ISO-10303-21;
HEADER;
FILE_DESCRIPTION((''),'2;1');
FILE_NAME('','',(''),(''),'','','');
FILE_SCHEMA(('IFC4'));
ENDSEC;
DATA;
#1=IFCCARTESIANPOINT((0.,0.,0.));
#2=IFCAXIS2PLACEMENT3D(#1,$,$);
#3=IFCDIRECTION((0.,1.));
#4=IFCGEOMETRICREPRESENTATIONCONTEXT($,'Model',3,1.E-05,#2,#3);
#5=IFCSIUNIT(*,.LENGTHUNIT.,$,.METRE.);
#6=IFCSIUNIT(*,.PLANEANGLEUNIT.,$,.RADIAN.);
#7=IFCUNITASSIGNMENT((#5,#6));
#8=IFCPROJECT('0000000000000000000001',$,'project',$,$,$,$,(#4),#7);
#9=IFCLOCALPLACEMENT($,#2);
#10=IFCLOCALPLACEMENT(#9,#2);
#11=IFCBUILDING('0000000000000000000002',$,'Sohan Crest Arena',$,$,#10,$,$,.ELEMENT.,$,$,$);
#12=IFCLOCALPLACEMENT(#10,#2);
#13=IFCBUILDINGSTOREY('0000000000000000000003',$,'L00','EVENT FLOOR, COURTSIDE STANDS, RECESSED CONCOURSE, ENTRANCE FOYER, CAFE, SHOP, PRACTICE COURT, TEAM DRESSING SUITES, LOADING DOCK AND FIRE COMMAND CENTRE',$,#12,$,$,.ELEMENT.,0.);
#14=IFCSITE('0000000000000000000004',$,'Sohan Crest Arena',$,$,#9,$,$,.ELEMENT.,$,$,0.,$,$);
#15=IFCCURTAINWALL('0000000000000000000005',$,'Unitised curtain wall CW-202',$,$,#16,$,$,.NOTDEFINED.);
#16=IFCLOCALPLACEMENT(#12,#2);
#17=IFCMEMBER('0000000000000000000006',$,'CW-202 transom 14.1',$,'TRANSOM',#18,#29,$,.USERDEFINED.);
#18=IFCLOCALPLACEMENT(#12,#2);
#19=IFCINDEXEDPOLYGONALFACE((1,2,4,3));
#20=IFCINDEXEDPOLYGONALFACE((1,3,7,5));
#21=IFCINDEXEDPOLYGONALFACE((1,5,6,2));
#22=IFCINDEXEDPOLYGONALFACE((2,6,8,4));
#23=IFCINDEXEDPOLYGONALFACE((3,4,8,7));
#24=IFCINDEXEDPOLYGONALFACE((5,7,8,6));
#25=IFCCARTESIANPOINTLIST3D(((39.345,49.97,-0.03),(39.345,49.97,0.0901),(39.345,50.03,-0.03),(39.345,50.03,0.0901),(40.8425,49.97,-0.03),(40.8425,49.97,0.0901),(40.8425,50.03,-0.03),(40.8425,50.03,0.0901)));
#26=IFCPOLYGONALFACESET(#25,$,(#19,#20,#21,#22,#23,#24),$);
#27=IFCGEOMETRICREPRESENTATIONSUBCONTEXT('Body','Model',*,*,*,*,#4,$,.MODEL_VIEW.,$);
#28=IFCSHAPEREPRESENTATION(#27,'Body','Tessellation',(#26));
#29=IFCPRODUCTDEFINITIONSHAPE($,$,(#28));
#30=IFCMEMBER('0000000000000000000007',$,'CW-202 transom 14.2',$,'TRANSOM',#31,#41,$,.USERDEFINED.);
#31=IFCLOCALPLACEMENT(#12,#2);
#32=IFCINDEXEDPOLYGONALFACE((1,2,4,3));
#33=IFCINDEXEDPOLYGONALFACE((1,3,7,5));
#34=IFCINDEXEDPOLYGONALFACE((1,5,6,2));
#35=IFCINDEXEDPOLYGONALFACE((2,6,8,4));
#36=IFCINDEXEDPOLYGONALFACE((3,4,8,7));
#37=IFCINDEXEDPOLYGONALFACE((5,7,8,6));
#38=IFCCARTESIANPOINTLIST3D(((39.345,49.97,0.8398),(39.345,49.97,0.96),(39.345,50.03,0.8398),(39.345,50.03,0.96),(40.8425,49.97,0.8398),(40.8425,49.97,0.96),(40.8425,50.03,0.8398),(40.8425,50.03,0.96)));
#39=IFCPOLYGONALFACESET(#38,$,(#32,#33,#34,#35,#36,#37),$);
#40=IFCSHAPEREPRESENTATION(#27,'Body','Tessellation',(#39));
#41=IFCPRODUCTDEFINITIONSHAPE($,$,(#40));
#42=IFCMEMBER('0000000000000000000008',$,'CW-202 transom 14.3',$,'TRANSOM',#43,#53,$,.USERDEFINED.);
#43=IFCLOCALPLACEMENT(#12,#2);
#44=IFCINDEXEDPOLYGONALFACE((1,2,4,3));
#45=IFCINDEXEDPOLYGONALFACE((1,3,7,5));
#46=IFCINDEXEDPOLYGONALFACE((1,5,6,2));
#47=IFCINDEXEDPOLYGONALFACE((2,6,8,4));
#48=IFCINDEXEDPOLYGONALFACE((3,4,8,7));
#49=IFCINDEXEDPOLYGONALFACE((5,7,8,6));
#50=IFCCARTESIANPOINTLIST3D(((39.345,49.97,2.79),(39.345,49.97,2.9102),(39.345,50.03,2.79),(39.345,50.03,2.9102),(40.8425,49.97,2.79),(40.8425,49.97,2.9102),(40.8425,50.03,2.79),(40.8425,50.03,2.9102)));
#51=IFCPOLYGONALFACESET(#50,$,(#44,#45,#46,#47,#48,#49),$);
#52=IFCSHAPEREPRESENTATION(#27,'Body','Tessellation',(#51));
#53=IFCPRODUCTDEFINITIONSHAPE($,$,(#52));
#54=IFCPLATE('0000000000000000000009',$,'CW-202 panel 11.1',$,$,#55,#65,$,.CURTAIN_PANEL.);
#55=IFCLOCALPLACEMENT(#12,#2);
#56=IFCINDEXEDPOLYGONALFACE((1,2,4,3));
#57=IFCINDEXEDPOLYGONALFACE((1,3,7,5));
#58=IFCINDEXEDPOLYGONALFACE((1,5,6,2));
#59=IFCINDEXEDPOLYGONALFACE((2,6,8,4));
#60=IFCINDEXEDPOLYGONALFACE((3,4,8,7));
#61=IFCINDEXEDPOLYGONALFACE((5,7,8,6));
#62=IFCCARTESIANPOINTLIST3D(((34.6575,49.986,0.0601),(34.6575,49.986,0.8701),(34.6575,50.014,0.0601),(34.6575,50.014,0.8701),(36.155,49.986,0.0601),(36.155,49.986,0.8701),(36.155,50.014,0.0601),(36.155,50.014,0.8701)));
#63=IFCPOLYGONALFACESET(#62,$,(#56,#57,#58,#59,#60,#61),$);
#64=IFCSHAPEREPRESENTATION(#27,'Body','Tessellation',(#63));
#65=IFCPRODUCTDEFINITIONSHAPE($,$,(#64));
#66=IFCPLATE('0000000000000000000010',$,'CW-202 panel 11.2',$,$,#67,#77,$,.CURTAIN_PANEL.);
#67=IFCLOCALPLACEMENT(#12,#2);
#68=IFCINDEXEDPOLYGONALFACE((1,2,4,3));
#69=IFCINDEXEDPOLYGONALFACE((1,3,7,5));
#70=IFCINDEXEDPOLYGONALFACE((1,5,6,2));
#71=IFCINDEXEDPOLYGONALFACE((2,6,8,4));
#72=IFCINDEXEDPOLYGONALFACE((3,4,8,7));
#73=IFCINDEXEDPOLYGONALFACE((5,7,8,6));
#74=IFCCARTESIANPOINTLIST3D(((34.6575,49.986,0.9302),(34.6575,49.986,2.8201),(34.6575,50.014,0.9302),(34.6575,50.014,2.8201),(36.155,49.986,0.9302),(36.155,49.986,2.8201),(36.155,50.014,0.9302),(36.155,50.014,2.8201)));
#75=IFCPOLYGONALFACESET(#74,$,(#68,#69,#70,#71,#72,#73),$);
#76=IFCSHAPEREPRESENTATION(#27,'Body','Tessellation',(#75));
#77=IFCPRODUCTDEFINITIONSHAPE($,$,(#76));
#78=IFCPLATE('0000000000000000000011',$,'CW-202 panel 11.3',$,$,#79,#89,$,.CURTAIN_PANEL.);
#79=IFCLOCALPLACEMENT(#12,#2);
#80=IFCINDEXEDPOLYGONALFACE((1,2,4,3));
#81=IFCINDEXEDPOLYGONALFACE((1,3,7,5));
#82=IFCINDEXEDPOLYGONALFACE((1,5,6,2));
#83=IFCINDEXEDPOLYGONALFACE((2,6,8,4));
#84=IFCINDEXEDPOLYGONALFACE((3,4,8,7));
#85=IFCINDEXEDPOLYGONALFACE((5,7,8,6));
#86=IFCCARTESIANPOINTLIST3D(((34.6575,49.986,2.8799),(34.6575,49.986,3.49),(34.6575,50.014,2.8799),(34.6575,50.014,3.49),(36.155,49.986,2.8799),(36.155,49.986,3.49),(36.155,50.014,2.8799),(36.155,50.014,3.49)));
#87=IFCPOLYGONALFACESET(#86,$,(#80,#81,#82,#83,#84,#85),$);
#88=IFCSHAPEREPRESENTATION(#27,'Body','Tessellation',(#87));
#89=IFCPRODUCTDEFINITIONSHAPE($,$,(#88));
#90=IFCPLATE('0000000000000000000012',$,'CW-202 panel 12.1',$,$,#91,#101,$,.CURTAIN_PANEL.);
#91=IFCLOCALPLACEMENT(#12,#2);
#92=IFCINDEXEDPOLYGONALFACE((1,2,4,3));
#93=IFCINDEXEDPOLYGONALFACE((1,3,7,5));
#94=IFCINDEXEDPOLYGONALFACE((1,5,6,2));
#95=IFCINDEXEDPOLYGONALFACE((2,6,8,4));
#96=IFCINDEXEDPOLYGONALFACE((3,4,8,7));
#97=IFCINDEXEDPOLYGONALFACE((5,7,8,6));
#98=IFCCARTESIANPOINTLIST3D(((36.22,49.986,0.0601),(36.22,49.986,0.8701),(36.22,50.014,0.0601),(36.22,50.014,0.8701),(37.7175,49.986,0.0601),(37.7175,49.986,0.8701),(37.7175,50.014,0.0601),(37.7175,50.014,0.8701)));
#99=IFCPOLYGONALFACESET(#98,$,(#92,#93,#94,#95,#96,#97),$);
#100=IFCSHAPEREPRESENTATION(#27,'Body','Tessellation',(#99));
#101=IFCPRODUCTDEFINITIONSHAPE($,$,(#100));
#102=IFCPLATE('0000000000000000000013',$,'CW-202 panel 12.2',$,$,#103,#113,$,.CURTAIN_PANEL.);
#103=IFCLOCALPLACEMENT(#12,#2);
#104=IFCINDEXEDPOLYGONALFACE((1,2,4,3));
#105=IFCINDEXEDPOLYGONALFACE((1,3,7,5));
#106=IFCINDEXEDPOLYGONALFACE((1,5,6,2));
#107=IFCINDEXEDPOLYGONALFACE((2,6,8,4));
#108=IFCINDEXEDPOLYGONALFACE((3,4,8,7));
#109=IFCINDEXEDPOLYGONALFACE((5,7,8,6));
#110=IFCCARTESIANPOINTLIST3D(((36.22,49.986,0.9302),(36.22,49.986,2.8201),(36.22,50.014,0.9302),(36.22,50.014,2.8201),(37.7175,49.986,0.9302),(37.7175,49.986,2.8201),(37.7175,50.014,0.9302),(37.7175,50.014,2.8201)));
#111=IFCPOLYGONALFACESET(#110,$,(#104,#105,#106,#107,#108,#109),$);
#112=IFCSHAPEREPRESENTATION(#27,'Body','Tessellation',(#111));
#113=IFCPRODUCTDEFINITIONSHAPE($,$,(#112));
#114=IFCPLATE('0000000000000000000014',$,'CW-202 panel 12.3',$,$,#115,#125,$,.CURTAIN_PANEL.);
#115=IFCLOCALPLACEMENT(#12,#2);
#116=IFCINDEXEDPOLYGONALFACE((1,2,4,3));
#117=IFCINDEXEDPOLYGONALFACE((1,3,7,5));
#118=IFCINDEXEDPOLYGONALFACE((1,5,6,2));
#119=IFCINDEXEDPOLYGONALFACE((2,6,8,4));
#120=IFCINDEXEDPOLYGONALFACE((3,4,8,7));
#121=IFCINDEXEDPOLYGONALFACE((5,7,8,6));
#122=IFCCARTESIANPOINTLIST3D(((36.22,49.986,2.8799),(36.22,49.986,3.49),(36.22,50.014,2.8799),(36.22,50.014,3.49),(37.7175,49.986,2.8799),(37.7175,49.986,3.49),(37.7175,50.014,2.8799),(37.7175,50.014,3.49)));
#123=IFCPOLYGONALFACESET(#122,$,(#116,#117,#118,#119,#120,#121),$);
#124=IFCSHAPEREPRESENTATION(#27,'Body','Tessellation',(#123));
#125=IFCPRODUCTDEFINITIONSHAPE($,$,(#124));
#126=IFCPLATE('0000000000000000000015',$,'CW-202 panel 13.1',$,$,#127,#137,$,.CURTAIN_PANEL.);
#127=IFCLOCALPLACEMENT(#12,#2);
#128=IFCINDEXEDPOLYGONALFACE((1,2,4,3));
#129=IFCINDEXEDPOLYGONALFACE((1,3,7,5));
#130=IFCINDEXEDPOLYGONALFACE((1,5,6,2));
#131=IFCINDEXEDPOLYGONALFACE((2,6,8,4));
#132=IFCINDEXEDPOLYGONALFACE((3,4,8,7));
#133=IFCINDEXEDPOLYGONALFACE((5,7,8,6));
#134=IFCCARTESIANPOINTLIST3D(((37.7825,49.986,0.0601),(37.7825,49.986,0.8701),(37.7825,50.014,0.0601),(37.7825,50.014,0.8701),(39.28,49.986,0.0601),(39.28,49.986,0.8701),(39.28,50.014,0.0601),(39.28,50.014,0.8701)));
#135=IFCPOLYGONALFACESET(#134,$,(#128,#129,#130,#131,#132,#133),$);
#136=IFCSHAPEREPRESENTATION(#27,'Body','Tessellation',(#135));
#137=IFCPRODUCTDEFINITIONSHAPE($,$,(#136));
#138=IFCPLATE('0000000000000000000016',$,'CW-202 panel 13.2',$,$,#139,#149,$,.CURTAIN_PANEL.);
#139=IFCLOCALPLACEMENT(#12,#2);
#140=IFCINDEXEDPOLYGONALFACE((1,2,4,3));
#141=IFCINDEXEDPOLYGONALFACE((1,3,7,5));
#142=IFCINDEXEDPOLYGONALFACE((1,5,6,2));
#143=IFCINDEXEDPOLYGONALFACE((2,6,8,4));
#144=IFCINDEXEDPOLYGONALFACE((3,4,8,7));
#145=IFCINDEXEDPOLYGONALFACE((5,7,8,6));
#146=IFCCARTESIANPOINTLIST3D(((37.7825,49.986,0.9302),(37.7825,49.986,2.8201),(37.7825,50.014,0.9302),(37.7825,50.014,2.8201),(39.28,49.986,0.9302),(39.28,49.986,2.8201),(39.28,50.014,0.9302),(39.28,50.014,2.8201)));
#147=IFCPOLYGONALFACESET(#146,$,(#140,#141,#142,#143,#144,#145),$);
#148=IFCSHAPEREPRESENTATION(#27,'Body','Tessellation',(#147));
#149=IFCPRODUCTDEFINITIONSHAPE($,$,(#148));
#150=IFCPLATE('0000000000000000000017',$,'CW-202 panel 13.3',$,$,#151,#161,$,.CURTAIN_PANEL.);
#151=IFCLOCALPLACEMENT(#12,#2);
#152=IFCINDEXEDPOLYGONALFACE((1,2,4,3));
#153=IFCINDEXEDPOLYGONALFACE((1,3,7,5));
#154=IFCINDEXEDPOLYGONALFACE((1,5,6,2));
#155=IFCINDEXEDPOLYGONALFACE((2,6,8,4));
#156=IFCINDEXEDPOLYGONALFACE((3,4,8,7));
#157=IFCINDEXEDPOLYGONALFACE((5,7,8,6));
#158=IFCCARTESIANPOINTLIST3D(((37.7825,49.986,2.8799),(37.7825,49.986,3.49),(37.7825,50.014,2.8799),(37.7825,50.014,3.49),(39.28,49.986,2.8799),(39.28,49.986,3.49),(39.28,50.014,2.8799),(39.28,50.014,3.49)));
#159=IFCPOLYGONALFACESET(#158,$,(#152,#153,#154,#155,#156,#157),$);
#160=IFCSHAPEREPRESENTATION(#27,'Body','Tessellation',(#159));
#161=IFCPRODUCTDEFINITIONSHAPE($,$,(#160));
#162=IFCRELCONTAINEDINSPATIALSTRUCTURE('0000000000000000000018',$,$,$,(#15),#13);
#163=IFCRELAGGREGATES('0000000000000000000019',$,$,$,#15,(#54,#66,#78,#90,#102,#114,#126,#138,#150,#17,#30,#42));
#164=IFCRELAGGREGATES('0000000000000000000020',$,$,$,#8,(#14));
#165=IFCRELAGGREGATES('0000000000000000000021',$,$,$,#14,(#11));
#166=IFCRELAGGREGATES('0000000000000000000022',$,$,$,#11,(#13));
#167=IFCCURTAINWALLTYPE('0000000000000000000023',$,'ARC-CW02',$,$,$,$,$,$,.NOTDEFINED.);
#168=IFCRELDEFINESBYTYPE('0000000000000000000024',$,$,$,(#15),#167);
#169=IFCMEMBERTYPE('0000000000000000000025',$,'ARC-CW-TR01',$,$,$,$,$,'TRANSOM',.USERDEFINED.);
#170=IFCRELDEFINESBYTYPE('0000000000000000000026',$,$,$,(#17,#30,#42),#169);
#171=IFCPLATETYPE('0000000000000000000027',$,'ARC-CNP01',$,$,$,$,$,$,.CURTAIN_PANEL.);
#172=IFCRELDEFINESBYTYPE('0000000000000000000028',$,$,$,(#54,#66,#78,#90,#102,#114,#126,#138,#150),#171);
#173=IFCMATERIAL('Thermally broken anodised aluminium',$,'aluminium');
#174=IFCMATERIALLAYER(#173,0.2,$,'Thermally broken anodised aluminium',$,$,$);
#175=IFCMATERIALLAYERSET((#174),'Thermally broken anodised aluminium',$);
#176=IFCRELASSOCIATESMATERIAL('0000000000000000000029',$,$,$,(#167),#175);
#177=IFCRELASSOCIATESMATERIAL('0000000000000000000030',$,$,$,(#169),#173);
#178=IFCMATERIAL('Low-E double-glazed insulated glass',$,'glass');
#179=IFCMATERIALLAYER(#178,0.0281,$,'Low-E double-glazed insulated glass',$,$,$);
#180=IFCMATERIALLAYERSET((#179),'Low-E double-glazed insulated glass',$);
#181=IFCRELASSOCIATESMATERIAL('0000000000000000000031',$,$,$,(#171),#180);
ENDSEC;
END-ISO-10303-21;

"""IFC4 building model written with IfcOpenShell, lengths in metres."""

from ifc_helpers import new_model, si_unit, direction, frame, origin, origin_2d, place, context, subcontext, project, spatial, rectangle, extrude, material, layer, layer_set, material_profile, profile_set, type_object, element, aggregate, save


model = new_model("IFC4")

# Units and contexts
model_context = context("Model", 3, precision=1e-05, world=origin(), true_north=direction((0.0, 1.0)))
body_context = subcontext(model_context, "Body", "Model", "MODEL_VIEW")
ifc_project = project(units=[si_unit("LENGTHUNIT", "METRE"), si_unit("PLANEANGLEUNIT", "RADIAN")], contexts=[model_context])

# Site, building, storey
site_placement = place(None, origin())
site = spatial("IfcSite", under=ifc_project, at=site_placement, Name="Sohan Crest Arena", CompositionType="ELEMENT", RefElevation=0.0)
building_placement = place(site_placement, origin())
building = spatial("IfcBuilding", under=site, at=building_placement, Name="Sohan Crest Arena", CompositionType="ELEMENT")
storey_placement = place(building_placement, origin())
storey = spatial("IfcBuildingStorey", under=building, at=storey_placement, Name="L00", Description="EVENT FLOOR, COURTSIDE STANDS, RECESSED CONCOURSE, ENTRANCE FOYER, CAFE, SHOP, PRACTICE COURT, TEAM DRESSING SUITES, LOADING DOCK AND FIRE COMMAND CENTRE", CompositionType="ELEMENT", Elevation=0.0)

# Curtain wall, members, plates
ifc_material_1 = material(Name="Thermally broken anodised aluminium", Category="aluminium")
ifc_layer_1 = layer(ifc_material_1, 0.2, Name="Thermally broken anodised aluminium")
ifc_layer_set_1 = layer_set([ifc_layer_1], Name="Thermally broken anodised aluminium")
curtain_wall_type = type_object("IfcCurtainWallType", Name="ARC-CW02", PredefinedType="NOTDEFINED", material=ifc_layer_set_1)
curtain_wall_placement = place(storey_placement, origin())
curtain_wall = element("IfcCurtainWall", 1, at=curtain_wall_placement, inside=storey, type_object=curtain_wall_type, Name="Unitised curtain wall CW-202", PredefinedType="NOTDEFINED")
ifc_material_profile_1 = material_profile(ifc_material_1, rectangle(XDim=0.0601, YDim=0.1201, at=origin_2d()), Name="ALU-TRAN 60x120")
ifc_profile_set_1 = profile_set([ifc_material_profile_1], Name="Thermally broken anodised aluminium")
member_type_1 = type_object("IfcMemberType", Name="ARC-CW-TR01", ElementType="TRANSOM", PredefinedType="USERDEFINED", material=ifc_profile_set_1)
member_1_placement = place(storey_placement, frame((39.345, 50.0, 0.03), z_axis=(1.0, 0.0, 0.0), x_axis=(0.0, 1.0, 0.0)))
member_1 = element("IfcMember", 2, at=member_1_placement, type_object=member_type_1, Name="CW-202 transom 14.1", ObjectType="TRANSOM", PredefinedType="USERDEFINED", context=body_context, shape_type="SweptSolid", body=[
    extrude(rectangle(XDim=0.0601, YDim=0.1201, at=origin_2d()), origin(), (0.0, 0.0, 1.0), 1.4976),
])
member_2_placement = place(storey_placement, frame((39.345, 50.0, 0.8999), z_axis=(1.0, 0.0, 0.0), x_axis=(0.0, 1.0, 0.0)))
member_2 = element("IfcMember", 3, at=member_2_placement, type_object=member_type_1, Name="CW-202 transom 14.2", ObjectType="TRANSOM", PredefinedType="USERDEFINED", context=body_context, shape_type="SweptSolid", body=[
    extrude(rectangle(XDim=0.0601, YDim=0.1201, at=origin_2d()), origin(), (0.0, 0.0, 1.0), 1.4976),
])
member_3_placement = place(storey_placement, frame((39.345, 50.0, 2.8501), z_axis=(1.0, 0.0, 0.0), x_axis=(0.0, 1.0, 0.0)))
member_3 = element("IfcMember", 4, at=member_3_placement, type_object=member_type_1, Name="CW-202 transom 14.3", ObjectType="TRANSOM", PredefinedType="USERDEFINED", context=body_context, shape_type="SweptSolid", body=[
    extrude(rectangle(XDim=0.0601, YDim=0.1201, at=origin_2d()), origin(), (0.0, 0.0, 1.0), 1.4976),
])
ifc_material_2 = material(Name="Low-E double-glazed insulated glass", Category="glass")
ifc_layer_2 = layer(ifc_material_2, 0.0281, Name="Low-E double-glazed insulated glass")
ifc_layer_set_2 = layer_set([ifc_layer_2], Name="Low-E double-glazed insulated glass")
plate_type = type_object("IfcPlateType", Name="ARC-CNP01", PredefinedType="CURTAIN_PANEL", material=ifc_layer_set_2)
plate_1_placement = place(storey_placement, frame((35.4062, 50.0, 0.0601), z_axis=(0.0, 0.0, 1.0), x_axis=(1.0, 0.0, 0.0)))
plate_1 = element("IfcPlate", 5, at=plate_1_placement, type_object=plate_type, Name="CW-202 panel 11.1", PredefinedType="CURTAIN_PANEL", context=body_context, shape_type="SweptSolid", body=[
    extrude(rectangle(XDim=1.4976, YDim=0.0281, at=origin_2d()), origin(), (0.0, 0.0, 1.0), 0.8101),
])
plate_2_placement = place(storey_placement, frame((35.4062, 50.0, 0.9302), z_axis=(0.0, 0.0, 1.0), x_axis=(1.0, 0.0, 0.0)))
plate_2 = element("IfcPlate", 6, at=plate_2_placement, type_object=plate_type, Name="CW-202 panel 11.2", PredefinedType="CURTAIN_PANEL", context=body_context, shape_type="SweptSolid", body=[
    extrude(rectangle(XDim=1.4976, YDim=0.0281, at=origin_2d()), origin(), (0.0, 0.0, 1.0), 1.8899),
])
plate_3_placement = place(storey_placement, frame((35.4062, 50.0, 2.8799), z_axis=(0.0, 0.0, 1.0), x_axis=(1.0, 0.0, 0.0)))
plate_3 = element("IfcPlate", 7, at=plate_3_placement, type_object=plate_type, Name="CW-202 panel 11.3", PredefinedType="CURTAIN_PANEL", context=body_context, shape_type="SweptSolid", body=[
    extrude(rectangle(XDim=1.4976, YDim=0.0281, at=origin_2d()), origin(), (0.0, 0.0, 1.0), 0.6101),
])
plate_4_placement = place(storey_placement, frame((36.9688, 50.0, 0.0601), z_axis=(0.0, 0.0, 1.0), x_axis=(1.0, 0.0, 0.0)))
plate_4 = element("IfcPlate", 8, at=plate_4_placement, type_object=plate_type, Name="CW-202 panel 12.1", PredefinedType="CURTAIN_PANEL", context=body_context, shape_type="SweptSolid", body=[
    extrude(rectangle(XDim=1.4976, YDim=0.0281, at=origin_2d()), origin(), (0.0, 0.0, 1.0), 0.8101),
])
plate_5_placement = place(storey_placement, frame((36.9688, 50.0, 0.9302), z_axis=(0.0, 0.0, 1.0), x_axis=(1.0, 0.0, 0.0)))
plate_5 = element("IfcPlate", 9, at=plate_5_placement, type_object=plate_type, Name="CW-202 panel 12.2", PredefinedType="CURTAIN_PANEL", context=body_context, shape_type="SweptSolid", body=[
    extrude(rectangle(XDim=1.4976, YDim=0.0281, at=origin_2d()), origin(), (0.0, 0.0, 1.0), 1.8899),
])
plate_6_placement = place(storey_placement, frame((36.9688, 50.0, 2.8799), z_axis=(0.0, 0.0, 1.0), x_axis=(1.0, 0.0, 0.0)))
plate_6 = element("IfcPlate", 10, at=plate_6_placement, type_object=plate_type, Name="CW-202 panel 12.3", PredefinedType="CURTAIN_PANEL", context=body_context, shape_type="SweptSolid", body=[
    extrude(rectangle(XDim=1.4976, YDim=0.0281, at=origin_2d()), origin(), (0.0, 0.0, 1.0), 0.6101),
])
plate_7_placement = place(storey_placement, frame((38.5312, 50.0, 0.0601), z_axis=(0.0, 0.0, 1.0), x_axis=(1.0, 0.0, 0.0)))
plate_7 = element("IfcPlate", 11, at=plate_7_placement, type_object=plate_type, Name="CW-202 panel 13.1", PredefinedType="CURTAIN_PANEL", context=body_context, shape_type="SweptSolid", body=[
    extrude(rectangle(XDim=1.4976, YDim=0.0281, at=origin_2d()), origin(), (0.0, 0.0, 1.0), 0.8101),
])
plate_8_placement = place(storey_placement, frame((38.5312, 50.0, 0.9302), z_axis=(0.0, 0.0, 1.0), x_axis=(1.0, 0.0, 0.0)))
plate_8 = element("IfcPlate", 12, at=plate_8_placement, type_object=plate_type, Name="CW-202 panel 13.2", PredefinedType="CURTAIN_PANEL", context=body_context, shape_type="SweptSolid", body=[
    extrude(rectangle(XDim=1.4976, YDim=0.0281, at=origin_2d()), origin(), (0.0, 0.0, 1.0), 1.8899),
])
plate_9_placement = place(storey_placement, frame((38.5312, 50.0, 2.8799), z_axis=(0.0, 0.0, 1.0), x_axis=(1.0, 0.0, 0.0)))
plate_9 = element("IfcPlate", 13, at=plate_9_placement, type_object=plate_type, Name="CW-202 panel 13.3", PredefinedType="CURTAIN_PANEL", context=body_context, shape_type="SweptSolid", body=[
    extrude(rectangle(XDim=1.4976, YDim=0.0281, at=origin_2d()), origin(), (0.0, 0.0, 1.0), 0.6101),
])
aggregate(curtain_wall, [plate_1, plate_2, plate_3, plate_4, plate_5, plate_6, plate_7, plate_8, plate_9, member_1, member_2, member_3])

save(model, "model.ifc")
